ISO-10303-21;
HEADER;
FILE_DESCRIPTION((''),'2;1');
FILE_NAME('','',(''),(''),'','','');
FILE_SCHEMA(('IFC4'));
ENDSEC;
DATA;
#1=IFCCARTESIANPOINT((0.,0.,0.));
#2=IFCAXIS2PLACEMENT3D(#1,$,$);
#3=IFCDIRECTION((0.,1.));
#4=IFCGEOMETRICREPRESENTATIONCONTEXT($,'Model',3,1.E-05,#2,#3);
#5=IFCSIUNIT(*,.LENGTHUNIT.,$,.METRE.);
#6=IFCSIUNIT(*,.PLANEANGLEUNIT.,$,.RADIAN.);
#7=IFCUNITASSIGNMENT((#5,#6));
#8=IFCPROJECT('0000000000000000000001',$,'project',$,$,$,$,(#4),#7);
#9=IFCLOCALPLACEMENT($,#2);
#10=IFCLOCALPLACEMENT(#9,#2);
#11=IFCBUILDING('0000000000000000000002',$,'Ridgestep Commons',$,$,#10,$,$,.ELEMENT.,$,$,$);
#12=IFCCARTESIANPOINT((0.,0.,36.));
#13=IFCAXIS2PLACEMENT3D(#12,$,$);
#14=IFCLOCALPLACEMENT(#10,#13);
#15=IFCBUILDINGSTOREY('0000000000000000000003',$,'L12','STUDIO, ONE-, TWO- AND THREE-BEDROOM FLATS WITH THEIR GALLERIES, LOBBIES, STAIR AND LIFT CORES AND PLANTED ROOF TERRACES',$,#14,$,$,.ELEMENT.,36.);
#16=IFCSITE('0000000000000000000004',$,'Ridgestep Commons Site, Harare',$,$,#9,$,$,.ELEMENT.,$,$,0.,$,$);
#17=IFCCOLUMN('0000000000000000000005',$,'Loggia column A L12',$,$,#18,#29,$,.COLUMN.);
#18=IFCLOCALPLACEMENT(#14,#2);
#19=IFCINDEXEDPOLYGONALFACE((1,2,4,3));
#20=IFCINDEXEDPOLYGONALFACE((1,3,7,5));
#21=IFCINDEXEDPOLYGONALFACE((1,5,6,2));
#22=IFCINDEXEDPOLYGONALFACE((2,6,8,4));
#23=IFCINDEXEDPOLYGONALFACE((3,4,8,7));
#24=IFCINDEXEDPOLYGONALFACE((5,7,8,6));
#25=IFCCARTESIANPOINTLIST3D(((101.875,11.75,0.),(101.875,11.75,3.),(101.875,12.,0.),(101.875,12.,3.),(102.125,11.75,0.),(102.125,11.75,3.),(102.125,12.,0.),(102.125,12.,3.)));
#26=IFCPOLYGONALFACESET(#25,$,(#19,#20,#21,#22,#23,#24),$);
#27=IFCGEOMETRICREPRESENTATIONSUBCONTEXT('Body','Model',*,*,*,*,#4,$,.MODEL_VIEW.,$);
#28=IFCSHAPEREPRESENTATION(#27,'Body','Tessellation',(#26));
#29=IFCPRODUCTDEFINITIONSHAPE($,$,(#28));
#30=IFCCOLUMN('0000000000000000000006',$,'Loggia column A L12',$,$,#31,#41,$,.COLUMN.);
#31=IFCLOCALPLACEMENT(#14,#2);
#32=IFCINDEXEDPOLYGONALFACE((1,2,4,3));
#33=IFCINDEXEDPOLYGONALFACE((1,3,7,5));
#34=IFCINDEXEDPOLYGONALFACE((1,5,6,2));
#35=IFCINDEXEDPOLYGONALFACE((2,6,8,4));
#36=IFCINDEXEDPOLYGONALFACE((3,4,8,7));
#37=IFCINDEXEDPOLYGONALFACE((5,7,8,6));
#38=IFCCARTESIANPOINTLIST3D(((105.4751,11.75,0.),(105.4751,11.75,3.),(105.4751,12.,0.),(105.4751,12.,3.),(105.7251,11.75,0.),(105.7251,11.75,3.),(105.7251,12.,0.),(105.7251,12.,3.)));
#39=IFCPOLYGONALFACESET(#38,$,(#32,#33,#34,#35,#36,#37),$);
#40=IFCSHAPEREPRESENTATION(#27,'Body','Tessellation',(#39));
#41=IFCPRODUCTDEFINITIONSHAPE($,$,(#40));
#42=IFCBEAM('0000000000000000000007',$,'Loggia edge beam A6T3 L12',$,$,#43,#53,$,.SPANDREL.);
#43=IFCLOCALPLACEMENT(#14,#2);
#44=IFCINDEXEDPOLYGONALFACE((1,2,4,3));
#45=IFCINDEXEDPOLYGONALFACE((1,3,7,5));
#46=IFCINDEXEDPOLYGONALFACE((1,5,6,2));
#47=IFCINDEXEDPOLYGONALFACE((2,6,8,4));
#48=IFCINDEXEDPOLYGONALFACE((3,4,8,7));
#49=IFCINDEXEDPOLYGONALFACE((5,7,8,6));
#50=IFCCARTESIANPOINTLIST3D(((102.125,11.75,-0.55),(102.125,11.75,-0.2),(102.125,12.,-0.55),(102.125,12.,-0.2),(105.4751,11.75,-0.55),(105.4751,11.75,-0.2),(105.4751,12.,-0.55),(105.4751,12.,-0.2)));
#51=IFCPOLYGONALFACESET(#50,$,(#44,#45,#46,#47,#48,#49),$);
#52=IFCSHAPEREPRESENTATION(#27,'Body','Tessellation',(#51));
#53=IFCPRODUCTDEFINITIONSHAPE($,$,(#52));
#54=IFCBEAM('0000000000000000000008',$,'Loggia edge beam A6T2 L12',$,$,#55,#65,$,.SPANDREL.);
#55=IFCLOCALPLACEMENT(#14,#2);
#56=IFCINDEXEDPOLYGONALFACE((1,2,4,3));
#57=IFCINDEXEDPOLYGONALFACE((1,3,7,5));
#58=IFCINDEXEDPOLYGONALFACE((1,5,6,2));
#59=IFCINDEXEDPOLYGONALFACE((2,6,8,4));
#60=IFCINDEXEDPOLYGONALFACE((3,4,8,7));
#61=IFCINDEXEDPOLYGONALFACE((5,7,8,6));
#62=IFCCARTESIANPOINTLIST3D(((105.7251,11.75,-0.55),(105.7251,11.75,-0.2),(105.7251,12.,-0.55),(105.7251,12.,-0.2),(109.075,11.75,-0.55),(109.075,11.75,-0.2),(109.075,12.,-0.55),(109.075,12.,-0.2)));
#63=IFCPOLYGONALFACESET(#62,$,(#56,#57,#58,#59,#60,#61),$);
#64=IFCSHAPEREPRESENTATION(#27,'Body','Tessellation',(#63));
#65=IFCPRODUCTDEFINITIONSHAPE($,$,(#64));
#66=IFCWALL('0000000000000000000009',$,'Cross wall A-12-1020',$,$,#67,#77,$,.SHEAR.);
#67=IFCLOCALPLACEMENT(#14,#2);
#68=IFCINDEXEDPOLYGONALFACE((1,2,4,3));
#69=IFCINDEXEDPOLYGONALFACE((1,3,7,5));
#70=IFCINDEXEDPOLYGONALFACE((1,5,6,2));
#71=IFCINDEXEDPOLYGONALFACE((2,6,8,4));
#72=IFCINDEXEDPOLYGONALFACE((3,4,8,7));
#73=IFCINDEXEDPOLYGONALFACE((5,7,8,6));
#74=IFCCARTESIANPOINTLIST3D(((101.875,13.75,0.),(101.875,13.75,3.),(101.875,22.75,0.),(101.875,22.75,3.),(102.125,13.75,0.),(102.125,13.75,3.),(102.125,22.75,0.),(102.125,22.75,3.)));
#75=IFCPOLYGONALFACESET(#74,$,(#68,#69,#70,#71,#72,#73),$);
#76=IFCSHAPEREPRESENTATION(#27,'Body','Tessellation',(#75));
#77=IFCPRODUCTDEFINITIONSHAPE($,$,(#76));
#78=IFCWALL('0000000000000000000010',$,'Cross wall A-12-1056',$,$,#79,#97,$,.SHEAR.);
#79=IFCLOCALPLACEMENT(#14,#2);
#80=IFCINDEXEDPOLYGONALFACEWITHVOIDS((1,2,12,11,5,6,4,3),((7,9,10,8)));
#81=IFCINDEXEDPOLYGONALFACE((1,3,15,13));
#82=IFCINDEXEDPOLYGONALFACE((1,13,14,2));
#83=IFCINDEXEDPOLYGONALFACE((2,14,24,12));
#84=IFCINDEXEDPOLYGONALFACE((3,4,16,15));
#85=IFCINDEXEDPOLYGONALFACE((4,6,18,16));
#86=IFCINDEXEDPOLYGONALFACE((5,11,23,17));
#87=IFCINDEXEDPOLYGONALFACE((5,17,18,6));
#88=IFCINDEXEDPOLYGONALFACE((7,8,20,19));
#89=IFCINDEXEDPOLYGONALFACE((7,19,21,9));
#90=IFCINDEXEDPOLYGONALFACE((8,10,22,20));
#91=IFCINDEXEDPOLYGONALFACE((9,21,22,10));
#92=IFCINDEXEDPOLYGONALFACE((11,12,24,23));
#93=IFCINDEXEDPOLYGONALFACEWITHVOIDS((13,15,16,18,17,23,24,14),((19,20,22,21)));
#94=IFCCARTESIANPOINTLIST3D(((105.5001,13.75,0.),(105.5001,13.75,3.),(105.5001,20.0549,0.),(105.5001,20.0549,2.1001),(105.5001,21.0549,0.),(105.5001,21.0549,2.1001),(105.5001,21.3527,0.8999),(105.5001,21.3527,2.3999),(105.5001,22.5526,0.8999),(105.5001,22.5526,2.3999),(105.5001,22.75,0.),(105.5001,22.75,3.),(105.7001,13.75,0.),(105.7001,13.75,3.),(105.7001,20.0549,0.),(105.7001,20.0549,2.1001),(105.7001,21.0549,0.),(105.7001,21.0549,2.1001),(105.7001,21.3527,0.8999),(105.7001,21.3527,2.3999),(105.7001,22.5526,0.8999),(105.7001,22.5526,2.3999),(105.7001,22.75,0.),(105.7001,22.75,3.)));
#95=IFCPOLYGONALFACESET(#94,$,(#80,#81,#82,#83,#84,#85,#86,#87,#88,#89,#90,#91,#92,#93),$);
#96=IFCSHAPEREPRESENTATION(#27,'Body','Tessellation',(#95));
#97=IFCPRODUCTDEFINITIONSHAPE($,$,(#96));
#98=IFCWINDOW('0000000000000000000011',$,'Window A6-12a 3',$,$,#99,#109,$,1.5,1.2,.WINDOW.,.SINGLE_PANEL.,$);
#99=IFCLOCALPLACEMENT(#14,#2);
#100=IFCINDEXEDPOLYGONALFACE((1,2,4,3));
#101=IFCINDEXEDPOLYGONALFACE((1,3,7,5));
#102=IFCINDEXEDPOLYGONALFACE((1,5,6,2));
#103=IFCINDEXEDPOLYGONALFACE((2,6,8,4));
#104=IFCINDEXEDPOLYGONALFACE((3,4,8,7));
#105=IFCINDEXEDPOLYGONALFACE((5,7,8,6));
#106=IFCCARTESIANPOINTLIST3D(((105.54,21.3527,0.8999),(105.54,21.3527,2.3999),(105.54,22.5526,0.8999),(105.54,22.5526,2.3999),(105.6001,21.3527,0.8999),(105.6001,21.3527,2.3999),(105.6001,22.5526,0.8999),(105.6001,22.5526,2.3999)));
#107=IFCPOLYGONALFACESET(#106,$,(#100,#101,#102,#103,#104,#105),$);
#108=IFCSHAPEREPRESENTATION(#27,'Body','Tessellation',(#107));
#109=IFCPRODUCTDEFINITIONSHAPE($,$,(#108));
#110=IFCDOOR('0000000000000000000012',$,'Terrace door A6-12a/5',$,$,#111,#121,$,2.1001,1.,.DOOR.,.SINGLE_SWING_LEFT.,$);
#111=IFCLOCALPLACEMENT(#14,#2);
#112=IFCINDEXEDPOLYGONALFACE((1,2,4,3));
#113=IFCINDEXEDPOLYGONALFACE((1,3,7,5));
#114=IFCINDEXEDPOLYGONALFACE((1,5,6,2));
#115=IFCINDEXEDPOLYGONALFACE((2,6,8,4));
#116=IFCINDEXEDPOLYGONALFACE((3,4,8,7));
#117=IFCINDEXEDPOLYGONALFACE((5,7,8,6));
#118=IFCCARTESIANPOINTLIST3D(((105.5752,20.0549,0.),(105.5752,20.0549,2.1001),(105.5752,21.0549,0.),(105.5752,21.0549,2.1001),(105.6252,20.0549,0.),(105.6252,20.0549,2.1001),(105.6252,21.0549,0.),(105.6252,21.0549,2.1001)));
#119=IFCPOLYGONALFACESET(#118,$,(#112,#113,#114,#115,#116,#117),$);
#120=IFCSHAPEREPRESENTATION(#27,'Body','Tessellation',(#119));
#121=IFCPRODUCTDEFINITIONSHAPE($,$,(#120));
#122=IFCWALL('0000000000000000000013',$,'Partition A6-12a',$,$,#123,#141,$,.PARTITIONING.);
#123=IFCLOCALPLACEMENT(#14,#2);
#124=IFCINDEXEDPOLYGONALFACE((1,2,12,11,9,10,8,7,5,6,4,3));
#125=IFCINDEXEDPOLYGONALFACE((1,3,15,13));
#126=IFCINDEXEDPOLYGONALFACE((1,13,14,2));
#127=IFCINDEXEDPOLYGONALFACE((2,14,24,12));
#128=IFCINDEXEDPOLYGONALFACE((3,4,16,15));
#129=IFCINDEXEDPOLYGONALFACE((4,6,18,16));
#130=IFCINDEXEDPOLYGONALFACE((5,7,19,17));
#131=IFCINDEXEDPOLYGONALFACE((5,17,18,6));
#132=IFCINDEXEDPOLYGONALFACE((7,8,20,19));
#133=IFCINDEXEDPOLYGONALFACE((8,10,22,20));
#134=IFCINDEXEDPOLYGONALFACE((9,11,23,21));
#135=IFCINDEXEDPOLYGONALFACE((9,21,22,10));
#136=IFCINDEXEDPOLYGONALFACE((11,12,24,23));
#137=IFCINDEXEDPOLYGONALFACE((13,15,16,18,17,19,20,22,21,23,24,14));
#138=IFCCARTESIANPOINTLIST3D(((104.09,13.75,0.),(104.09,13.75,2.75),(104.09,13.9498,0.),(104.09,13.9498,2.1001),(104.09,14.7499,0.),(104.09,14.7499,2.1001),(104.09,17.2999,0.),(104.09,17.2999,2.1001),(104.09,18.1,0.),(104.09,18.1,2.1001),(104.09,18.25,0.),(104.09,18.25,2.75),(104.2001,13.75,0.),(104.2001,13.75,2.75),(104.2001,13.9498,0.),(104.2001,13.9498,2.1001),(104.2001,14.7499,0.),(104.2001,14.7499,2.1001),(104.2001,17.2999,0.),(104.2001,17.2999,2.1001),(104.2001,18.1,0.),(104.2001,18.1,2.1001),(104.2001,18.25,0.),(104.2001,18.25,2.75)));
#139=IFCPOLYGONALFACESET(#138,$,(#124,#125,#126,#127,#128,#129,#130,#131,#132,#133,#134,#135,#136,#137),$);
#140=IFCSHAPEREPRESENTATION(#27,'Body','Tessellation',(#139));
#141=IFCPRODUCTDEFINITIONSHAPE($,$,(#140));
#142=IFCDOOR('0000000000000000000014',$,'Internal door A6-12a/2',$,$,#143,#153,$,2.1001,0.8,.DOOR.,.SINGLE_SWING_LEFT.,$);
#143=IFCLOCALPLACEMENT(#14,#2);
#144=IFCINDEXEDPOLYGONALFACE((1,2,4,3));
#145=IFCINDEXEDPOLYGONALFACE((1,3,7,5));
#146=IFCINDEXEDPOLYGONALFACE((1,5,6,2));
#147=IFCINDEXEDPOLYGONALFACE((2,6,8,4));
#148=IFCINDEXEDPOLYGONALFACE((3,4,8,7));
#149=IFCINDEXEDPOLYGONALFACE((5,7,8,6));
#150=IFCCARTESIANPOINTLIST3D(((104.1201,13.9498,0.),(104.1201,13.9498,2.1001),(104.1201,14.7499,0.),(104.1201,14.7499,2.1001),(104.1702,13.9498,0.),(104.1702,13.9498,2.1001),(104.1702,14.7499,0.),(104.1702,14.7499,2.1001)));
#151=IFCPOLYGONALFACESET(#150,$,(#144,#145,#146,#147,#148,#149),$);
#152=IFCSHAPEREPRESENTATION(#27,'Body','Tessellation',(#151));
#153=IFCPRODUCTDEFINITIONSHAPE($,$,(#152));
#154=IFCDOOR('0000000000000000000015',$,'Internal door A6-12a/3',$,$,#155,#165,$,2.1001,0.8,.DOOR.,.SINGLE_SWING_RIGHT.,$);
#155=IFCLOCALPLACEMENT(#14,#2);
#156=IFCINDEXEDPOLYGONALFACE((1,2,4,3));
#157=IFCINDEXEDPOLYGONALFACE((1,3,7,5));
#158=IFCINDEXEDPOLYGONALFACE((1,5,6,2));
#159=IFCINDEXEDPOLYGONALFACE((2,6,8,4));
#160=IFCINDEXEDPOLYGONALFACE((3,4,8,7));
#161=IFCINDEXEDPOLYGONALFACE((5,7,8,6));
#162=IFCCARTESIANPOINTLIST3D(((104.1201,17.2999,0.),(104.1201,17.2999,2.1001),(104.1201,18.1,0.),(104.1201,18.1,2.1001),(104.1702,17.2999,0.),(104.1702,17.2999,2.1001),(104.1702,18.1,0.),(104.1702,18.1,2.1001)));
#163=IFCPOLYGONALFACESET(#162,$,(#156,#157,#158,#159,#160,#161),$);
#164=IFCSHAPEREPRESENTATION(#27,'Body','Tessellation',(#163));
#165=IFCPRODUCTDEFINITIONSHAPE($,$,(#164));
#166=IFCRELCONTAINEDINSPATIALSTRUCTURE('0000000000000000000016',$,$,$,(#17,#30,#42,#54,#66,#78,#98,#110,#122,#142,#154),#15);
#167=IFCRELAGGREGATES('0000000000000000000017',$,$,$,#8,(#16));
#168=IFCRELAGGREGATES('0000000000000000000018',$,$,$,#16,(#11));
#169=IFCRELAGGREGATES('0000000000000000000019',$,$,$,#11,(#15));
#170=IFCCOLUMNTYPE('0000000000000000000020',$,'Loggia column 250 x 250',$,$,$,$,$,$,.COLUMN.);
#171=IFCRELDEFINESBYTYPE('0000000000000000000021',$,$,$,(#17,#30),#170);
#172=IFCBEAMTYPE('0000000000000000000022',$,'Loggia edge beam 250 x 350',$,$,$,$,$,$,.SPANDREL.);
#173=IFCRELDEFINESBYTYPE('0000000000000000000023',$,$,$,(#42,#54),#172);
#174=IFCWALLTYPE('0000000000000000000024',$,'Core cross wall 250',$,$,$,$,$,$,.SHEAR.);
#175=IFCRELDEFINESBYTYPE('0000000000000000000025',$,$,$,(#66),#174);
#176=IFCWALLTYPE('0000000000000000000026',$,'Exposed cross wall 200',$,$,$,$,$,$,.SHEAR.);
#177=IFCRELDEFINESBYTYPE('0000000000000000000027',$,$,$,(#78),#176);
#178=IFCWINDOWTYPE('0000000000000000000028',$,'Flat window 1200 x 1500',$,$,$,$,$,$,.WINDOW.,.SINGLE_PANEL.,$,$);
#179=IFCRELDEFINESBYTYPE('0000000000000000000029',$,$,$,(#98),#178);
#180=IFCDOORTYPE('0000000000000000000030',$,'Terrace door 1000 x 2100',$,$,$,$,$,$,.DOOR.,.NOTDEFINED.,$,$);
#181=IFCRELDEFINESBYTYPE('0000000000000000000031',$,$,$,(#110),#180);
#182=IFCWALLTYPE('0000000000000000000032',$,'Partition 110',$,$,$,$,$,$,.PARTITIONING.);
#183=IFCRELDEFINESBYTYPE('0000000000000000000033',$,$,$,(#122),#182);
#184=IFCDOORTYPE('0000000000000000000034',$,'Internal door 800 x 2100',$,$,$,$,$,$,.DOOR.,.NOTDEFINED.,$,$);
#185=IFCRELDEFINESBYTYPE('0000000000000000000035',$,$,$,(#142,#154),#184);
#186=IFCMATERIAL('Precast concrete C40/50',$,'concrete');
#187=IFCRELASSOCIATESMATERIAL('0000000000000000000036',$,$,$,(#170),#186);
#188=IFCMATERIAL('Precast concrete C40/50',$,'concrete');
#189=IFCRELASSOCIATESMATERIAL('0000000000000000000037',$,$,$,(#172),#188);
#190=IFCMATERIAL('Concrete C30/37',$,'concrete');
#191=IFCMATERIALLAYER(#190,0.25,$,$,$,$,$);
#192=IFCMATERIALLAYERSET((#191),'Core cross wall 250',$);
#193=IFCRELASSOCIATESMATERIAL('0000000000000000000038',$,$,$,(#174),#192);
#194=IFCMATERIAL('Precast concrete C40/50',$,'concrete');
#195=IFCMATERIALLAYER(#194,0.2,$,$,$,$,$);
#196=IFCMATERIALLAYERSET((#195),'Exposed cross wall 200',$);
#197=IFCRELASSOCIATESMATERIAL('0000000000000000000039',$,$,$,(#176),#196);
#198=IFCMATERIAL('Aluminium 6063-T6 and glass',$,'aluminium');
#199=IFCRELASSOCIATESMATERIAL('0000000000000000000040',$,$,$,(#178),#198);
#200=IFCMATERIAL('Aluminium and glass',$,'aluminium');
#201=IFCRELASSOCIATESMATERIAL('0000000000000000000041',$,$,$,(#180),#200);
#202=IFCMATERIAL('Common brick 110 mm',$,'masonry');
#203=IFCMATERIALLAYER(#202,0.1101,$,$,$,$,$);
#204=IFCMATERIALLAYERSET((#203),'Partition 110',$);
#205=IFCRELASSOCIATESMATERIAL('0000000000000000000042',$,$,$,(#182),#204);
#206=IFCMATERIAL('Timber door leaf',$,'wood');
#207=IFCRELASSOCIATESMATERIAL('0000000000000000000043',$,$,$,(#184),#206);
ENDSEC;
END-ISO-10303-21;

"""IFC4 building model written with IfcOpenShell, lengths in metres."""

from ifc_helpers import new_model, si_unit, direction, frame, frame_2d, origin, origin_2d, place, context, subcontext, project, spatial, rectangle, extrude, material, layer, layer_set, material_profile, profile_set, type_object, element, fill, save


model = new_model("IFC4")

# Units and contexts
model_context = context("Model", 3, precision=1e-05, world=origin(), true_north=direction((0.0, 1.0)))
body_context = subcontext(model_context, "Body", "Model", "MODEL_VIEW")
ifc_project = project(units=[si_unit("LENGTHUNIT", "METRE"), si_unit("PLANEANGLEUNIT", "RADIAN")], contexts=[model_context])

# Site, building, storey
site_placement = place(None, origin())
site = spatial("IfcSite", under=ifc_project, at=site_placement, Name="Ridgestep Commons Site, Harare", CompositionType="ELEMENT", RefElevation=0.0)
building_placement = place(site_placement, origin())
building = spatial("IfcBuilding", under=site, at=building_placement, Name="Ridgestep Commons", CompositionType="ELEMENT")
storey_placement = place(building_placement, frame((0.0, 0.0, 36.0)))
storey = spatial("IfcBuildingStorey", under=building, at=storey_placement, Name="L12", Description="STUDIO, ONE-, TWO- AND THREE-BEDROOM FLATS WITH THEIR GALLERIES, LOBBIES, STAIR AND LIFT CORES AND PLANTED ROOF TERRACES", CompositionType="ELEMENT", Elevation=36.0)

# Columns
ifc_material_1 = material(Name="Precast concrete C40/50", Category="concrete")
ifc_material_profile_1 = material_profile(ifc_material_1, rectangle(XDim=0.25, YDim=0.25, at=origin_2d()), Name="PC 250x250")
ifc_profile_set_1 = profile_set([ifc_material_profile_1], Name="Precast concrete C40/50")
column_type = type_object("IfcColumnType", Name="Loggia column 250 x 250", PredefinedType="COLUMN", material=ifc_profile_set_1)
for number, where, z_axis, x_axis, name in (
    (1, (102.0, 11.875, 0.0), (0.0, 0.0, 1.0), (1.0, 0.0, 0.0), "Loggia column A L12"),
    (2, (105.6001, 11.875, 0.0), (0.0, 0.0, 1.0), (1.0, 0.0, 0.0), "Loggia column A L12"),
):
    element("IfcColumn", number, at=place(storey_placement, frame(where, z_axis=z_axis, x_axis=x_axis)), inside=storey, type_object=column_type, Name=name, PredefinedType="COLUMN", context=body_context, shape_type="SweptSolid", body=[
        extrude(rectangle(XDim=0.25, YDim=0.25, at=origin_2d()), origin(), (0.0, 0.0, 1.0), 3.0),
    ])

# Beams
ifc_material_2 = material(Name="Precast concrete C40/50", Category="concrete")
ifc_material_profile_2 = material_profile(ifc_material_2, rectangle(XDim=0.25, YDim=0.3501, at=origin_2d()), Name="PC 250x350")
ifc_profile_set_2 = profile_set([ifc_material_profile_2], Name="Precast concrete C40/50")
beam_type = type_object("IfcBeamType", Name="Loggia edge beam 250 x 350", PredefinedType="SPANDREL", material=ifc_profile_set_2)
beam_1_placement = place(storey_placement, frame((102.125, 11.875, -0.375), z_axis=(1.0, 0.0, 0.0), x_axis=(0.0, 1.0, 0.0)))
element("IfcBeam", 3, at=beam_1_placement, inside=storey, type_object=beam_type, Name="Loggia edge beam A6T3 L12", PredefinedType="SPANDREL", context=body_context, shape_type="SweptSolid", body=[
    extrude(rectangle(XDim=0.25, YDim=0.3501, at=origin_2d()), origin(), (0.0, 0.0, 1.0), 3.3501),
])
beam_2_placement = place(storey_placement, frame((105.7251, 11.875, -0.375), z_axis=(1.0, 0.0, 0.0), x_axis=(0.0, 1.0, 0.0)))
element("IfcBeam", 4, at=beam_2_placement, inside=storey, type_object=beam_type, Name="Loggia edge beam A6T2 L12", PredefinedType="SPANDREL", context=body_context, shape_type="SweptSolid", body=[
    extrude(rectangle(XDim=0.25, YDim=0.3501, at=origin_2d()), origin(), (0.0, 0.0, 1.0), 3.3499),
])

# Wall
ifc_material_3 = material(Name="Concrete C30/37", Category="concrete")
ifc_layer_1 = layer(ifc_material_3, 0.25)
ifc_layer_set_1 = layer_set([ifc_layer_1], Name="Core cross wall 250")
wall_type_1 = type_object("IfcWallType", Name="Core cross wall 250", PredefinedType="SHEAR", material=ifc_layer_set_1)
wall_1_placement = place(storey_placement, frame((102.0, 13.75, 0.0), z_axis=(0.0, 0.0, 1.0), x_axis=(0.0, 1.0, 0.0)))
element("IfcWall", 5, at=wall_1_placement, inside=storey, type_object=wall_type_1, Name="Cross wall A-12-1020", PredefinedType="SHEAR", context=body_context, shape_type="SweptSolid", body=[
    extrude(rectangle(XDim=9.0, YDim=0.25, at=frame_2d((4.5, 0.0))), origin(), (0.0, 0.0, 1.0), 3.0),
])

# Wall, openings, window, door
ifc_material_4 = material(Name="Precast concrete C40/50", Category="concrete")
ifc_layer_2 = layer(ifc_material_4, 0.2)
ifc_layer_set_2 = layer_set([ifc_layer_2], Name="Exposed cross wall 200")
wall_type_2 = type_object("IfcWallType", Name="Exposed cross wall 200", PredefinedType="SHEAR", material=ifc_layer_set_2)
wall_2_placement = place(storey_placement, frame((105.6001, 13.75, 0.0), z_axis=(0.0, 0.0, 1.0), x_axis=(0.0, 1.0, 0.0)))
wall_2 = element("IfcWall", 6, at=wall_2_placement, inside=storey, type_object=wall_type_2, Name="Cross wall A-12-1056", PredefinedType="SHEAR", context=body_context, shape_type="SweptSolid", body=[
    extrude(rectangle(XDim=9.0, YDim=0.2, at=frame_2d((4.5, 0.0))), origin(), (0.0, 0.0, 1.0), 3.0),
])
opening_1_placement = place(wall_2_placement, frame((7.6025, 0.0, 0.8999)))
opening_1 = element("IfcOpeningElement", 7, at=opening_1_placement, cuts=wall_2, PredefinedType="OPENING", context=body_context, shape_type="SweptSolid", body=[
    extrude(rectangle(XDim=1.2, YDim=1.5, at=frame_2d((0.6001, 0.75))), frame((0.0, 0.1099, 0.0), z_axis=(0.0, -1.0, 0.0), x_axis=(1.0, 0.0, 0.0)), (0.0, 0.0, 1.0), 0.22),
])
opening_2_placement = place(wall_2_placement, frame((6.3049, 0.0, 0.0)))
opening_2 = element("IfcOpeningElement", 8, at=opening_2_placement, cuts=wall_2, PredefinedType="OPENING", context=body_context, shape_type="SweptSolid", body=[
    extrude(rectangle(XDim=1.0, YDim=2.1001, at=frame_2d((0.5, 1.05))), frame((0.0, 0.1099, 0.0), z_axis=(0.0, -1.0, 0.0), x_axis=(1.0, 0.0, 0.0)), (0.0, 0.0, 1.0), 0.22),
])
ifc_material_5 = material(Name="Aluminium 6063-T6 and glass", Category="aluminium")
window_type_1 = type_object("IfcWindowType", Name="Flat window 1200 x 1500", PartitioningType="SINGLE_PANEL", PredefinedType="WINDOW", material=ifc_material_5)
window_1_placement = place(opening_1_placement, origin())
window_1 = element("IfcWindow", 9, at=window_1_placement, inside=storey, type_object=window_type_1, Name="Window A6-12a 3", OverallHeight=1.5, OverallWidth=1.2, PartitioningType="SINGLE_PANEL", PredefinedType="WINDOW", context=body_context, shape_type="SweptSolid", body=[
    extrude(rectangle(XDim=1.2, YDim=1.5, at=frame_2d((0.6001, 0.75))), frame((0.0, 0.0601, 0.0), z_axis=(0.0, -1.0, 0.0), x_axis=(1.0, 0.0, 0.0)), (0.0, 0.0, 1.0), 0.0601),
])
fill(opening_1, window_1)
ifc_material_6 = material(Name="Aluminium and glass", Category="aluminium")
door_type_1 = type_object("IfcDoorType", Name="Terrace door 1000 x 2100", OperationType="NOTDEFINED", PredefinedType="DOOR", material=ifc_material_6)
door_1_placement = place(opening_2_placement, origin())
door_1 = element("IfcDoor", 10, at=door_1_placement, inside=storey, type_object=door_type_1, Name="Terrace door A6-12a/5", OperationType="SINGLE_SWING_LEFT", OverallHeight=2.1001, OverallWidth=1.0, PredefinedType="DOOR", context=body_context, shape_type="SweptSolid", body=[
    extrude(rectangle(XDim=1.0, YDim=2.1001, at=frame_2d((0.5, 1.05))), frame((0.0, 0.0249, 0.0), z_axis=(0.0, -1.0, 0.0), x_axis=(1.0, 0.0, 0.0)), (0.0, 0.0, 1.0), 0.05),
])
fill(opening_2, door_1)

# Wall, openings, doors
ifc_material_7 = material(Name="Common brick 110 mm", Category="masonry")
ifc_layer_3 = layer(ifc_material_7, 0.1101)
ifc_layer_set_3 = layer_set([ifc_layer_3], Name="Partition 110")
wall_type_3 = type_object("IfcWallType", Name="Partition 110", PredefinedType="PARTITIONING", material=ifc_layer_set_3)
wall_3_placement = place(storey_placement, frame((104.145, 13.75, 0.0), z_axis=(0.0, 0.0, 1.0), x_axis=(0.0, 1.0, 0.0)))
wall_3 = element("IfcWall", 11, at=wall_3_placement, inside=storey, type_object=wall_type_3, Name="Partition A6-12a", PredefinedType="PARTITIONING", context=body_context, shape_type="SweptSolid", body=[
    extrude(rectangle(XDim=4.5, YDim=0.1101, at=frame_2d((2.25, 0.0))), origin(), (0.0, 0.0, 1.0), 2.75),
])
opening_3_placement = place(wall_3_placement, frame((0.2, 0.0, 0.0)))
opening_3 = element("IfcOpeningElement", 12, at=opening_3_placement, cuts=wall_3, PredefinedType="OPENING", context=body_context, shape_type="SweptSolid", body=[
    extrude(rectangle(XDim=0.8, YDim=2.1001, at=frame_2d((0.3999, 1.05))), frame((0.0, 0.0649, 0.0), z_axis=(0.0, -1.0, 0.0), x_axis=(1.0, 0.0, 0.0)), (0.0, 0.0, 1.0), 0.1301),
])
opening_4_placement = place(wall_3_placement, frame((3.55, 0.0, 0.0)))
opening_4 = element("IfcOpeningElement", 13, at=opening_4_placement, cuts=wall_3, PredefinedType="OPENING", context=body_context, shape_type="SweptSolid", body=[
    extrude(rectangle(XDim=0.8, YDim=2.1001, at=frame_2d((0.3999, 1.05))), frame((0.0, 0.0649, 0.0), z_axis=(0.0, -1.0, 0.0), x_axis=(1.0, 0.0, 0.0)), (0.0, 0.0, 1.0), 0.1301),
])
ifc_material_8 = material(Name="Timber door leaf", Category="wood")
door_type_2 = type_object("IfcDoorType", Name="Internal door 800 x 2100", OperationType="NOTDEFINED", PredefinedType="DOOR", material=ifc_material_8)
door_2_placement = place(opening_3_placement, origin())
door_2 = element("IfcDoor", 14, at=door_2_placement, inside=storey, type_object=door_type_2, Name="Internal door A6-12a/2", OperationType="SINGLE_SWING_LEFT", OverallHeight=2.1001, OverallWidth=0.8, PredefinedType="DOOR", context=body_context, shape_type="SweptSolid", body=[
    extrude(rectangle(XDim=0.8, YDim=2.1001, at=frame_2d((0.3999, 1.05))), frame((0.0, 0.0249, 0.0), z_axis=(0.0, -1.0, 0.0), x_axis=(1.0, 0.0, 0.0)), (0.0, 0.0, 1.0), 0.05),
])
fill(opening_3, door_2)
door_3_placement = place(opening_4_placement, origin())
door_3 = element("IfcDoor", 15, at=door_3_placement, inside=storey, type_object=door_type_2, Name="Internal door A6-12a/3", OperationType="SINGLE_SWING_RIGHT", OverallHeight=2.1001, OverallWidth=0.8, PredefinedType="DOOR", context=body_context, shape_type="SweptSolid", body=[
    extrude(rectangle(XDim=0.8, YDim=2.1001, at=frame_2d((0.3999, 1.05))), frame((0.0, 0.0249, 0.0), z_axis=(0.0, -1.0, 0.0), x_axis=(1.0, 0.0, 0.0)), (0.0, 0.0, 1.0), 0.05),
])
fill(opening_4, door_3)

save(model, "model.ifc")
